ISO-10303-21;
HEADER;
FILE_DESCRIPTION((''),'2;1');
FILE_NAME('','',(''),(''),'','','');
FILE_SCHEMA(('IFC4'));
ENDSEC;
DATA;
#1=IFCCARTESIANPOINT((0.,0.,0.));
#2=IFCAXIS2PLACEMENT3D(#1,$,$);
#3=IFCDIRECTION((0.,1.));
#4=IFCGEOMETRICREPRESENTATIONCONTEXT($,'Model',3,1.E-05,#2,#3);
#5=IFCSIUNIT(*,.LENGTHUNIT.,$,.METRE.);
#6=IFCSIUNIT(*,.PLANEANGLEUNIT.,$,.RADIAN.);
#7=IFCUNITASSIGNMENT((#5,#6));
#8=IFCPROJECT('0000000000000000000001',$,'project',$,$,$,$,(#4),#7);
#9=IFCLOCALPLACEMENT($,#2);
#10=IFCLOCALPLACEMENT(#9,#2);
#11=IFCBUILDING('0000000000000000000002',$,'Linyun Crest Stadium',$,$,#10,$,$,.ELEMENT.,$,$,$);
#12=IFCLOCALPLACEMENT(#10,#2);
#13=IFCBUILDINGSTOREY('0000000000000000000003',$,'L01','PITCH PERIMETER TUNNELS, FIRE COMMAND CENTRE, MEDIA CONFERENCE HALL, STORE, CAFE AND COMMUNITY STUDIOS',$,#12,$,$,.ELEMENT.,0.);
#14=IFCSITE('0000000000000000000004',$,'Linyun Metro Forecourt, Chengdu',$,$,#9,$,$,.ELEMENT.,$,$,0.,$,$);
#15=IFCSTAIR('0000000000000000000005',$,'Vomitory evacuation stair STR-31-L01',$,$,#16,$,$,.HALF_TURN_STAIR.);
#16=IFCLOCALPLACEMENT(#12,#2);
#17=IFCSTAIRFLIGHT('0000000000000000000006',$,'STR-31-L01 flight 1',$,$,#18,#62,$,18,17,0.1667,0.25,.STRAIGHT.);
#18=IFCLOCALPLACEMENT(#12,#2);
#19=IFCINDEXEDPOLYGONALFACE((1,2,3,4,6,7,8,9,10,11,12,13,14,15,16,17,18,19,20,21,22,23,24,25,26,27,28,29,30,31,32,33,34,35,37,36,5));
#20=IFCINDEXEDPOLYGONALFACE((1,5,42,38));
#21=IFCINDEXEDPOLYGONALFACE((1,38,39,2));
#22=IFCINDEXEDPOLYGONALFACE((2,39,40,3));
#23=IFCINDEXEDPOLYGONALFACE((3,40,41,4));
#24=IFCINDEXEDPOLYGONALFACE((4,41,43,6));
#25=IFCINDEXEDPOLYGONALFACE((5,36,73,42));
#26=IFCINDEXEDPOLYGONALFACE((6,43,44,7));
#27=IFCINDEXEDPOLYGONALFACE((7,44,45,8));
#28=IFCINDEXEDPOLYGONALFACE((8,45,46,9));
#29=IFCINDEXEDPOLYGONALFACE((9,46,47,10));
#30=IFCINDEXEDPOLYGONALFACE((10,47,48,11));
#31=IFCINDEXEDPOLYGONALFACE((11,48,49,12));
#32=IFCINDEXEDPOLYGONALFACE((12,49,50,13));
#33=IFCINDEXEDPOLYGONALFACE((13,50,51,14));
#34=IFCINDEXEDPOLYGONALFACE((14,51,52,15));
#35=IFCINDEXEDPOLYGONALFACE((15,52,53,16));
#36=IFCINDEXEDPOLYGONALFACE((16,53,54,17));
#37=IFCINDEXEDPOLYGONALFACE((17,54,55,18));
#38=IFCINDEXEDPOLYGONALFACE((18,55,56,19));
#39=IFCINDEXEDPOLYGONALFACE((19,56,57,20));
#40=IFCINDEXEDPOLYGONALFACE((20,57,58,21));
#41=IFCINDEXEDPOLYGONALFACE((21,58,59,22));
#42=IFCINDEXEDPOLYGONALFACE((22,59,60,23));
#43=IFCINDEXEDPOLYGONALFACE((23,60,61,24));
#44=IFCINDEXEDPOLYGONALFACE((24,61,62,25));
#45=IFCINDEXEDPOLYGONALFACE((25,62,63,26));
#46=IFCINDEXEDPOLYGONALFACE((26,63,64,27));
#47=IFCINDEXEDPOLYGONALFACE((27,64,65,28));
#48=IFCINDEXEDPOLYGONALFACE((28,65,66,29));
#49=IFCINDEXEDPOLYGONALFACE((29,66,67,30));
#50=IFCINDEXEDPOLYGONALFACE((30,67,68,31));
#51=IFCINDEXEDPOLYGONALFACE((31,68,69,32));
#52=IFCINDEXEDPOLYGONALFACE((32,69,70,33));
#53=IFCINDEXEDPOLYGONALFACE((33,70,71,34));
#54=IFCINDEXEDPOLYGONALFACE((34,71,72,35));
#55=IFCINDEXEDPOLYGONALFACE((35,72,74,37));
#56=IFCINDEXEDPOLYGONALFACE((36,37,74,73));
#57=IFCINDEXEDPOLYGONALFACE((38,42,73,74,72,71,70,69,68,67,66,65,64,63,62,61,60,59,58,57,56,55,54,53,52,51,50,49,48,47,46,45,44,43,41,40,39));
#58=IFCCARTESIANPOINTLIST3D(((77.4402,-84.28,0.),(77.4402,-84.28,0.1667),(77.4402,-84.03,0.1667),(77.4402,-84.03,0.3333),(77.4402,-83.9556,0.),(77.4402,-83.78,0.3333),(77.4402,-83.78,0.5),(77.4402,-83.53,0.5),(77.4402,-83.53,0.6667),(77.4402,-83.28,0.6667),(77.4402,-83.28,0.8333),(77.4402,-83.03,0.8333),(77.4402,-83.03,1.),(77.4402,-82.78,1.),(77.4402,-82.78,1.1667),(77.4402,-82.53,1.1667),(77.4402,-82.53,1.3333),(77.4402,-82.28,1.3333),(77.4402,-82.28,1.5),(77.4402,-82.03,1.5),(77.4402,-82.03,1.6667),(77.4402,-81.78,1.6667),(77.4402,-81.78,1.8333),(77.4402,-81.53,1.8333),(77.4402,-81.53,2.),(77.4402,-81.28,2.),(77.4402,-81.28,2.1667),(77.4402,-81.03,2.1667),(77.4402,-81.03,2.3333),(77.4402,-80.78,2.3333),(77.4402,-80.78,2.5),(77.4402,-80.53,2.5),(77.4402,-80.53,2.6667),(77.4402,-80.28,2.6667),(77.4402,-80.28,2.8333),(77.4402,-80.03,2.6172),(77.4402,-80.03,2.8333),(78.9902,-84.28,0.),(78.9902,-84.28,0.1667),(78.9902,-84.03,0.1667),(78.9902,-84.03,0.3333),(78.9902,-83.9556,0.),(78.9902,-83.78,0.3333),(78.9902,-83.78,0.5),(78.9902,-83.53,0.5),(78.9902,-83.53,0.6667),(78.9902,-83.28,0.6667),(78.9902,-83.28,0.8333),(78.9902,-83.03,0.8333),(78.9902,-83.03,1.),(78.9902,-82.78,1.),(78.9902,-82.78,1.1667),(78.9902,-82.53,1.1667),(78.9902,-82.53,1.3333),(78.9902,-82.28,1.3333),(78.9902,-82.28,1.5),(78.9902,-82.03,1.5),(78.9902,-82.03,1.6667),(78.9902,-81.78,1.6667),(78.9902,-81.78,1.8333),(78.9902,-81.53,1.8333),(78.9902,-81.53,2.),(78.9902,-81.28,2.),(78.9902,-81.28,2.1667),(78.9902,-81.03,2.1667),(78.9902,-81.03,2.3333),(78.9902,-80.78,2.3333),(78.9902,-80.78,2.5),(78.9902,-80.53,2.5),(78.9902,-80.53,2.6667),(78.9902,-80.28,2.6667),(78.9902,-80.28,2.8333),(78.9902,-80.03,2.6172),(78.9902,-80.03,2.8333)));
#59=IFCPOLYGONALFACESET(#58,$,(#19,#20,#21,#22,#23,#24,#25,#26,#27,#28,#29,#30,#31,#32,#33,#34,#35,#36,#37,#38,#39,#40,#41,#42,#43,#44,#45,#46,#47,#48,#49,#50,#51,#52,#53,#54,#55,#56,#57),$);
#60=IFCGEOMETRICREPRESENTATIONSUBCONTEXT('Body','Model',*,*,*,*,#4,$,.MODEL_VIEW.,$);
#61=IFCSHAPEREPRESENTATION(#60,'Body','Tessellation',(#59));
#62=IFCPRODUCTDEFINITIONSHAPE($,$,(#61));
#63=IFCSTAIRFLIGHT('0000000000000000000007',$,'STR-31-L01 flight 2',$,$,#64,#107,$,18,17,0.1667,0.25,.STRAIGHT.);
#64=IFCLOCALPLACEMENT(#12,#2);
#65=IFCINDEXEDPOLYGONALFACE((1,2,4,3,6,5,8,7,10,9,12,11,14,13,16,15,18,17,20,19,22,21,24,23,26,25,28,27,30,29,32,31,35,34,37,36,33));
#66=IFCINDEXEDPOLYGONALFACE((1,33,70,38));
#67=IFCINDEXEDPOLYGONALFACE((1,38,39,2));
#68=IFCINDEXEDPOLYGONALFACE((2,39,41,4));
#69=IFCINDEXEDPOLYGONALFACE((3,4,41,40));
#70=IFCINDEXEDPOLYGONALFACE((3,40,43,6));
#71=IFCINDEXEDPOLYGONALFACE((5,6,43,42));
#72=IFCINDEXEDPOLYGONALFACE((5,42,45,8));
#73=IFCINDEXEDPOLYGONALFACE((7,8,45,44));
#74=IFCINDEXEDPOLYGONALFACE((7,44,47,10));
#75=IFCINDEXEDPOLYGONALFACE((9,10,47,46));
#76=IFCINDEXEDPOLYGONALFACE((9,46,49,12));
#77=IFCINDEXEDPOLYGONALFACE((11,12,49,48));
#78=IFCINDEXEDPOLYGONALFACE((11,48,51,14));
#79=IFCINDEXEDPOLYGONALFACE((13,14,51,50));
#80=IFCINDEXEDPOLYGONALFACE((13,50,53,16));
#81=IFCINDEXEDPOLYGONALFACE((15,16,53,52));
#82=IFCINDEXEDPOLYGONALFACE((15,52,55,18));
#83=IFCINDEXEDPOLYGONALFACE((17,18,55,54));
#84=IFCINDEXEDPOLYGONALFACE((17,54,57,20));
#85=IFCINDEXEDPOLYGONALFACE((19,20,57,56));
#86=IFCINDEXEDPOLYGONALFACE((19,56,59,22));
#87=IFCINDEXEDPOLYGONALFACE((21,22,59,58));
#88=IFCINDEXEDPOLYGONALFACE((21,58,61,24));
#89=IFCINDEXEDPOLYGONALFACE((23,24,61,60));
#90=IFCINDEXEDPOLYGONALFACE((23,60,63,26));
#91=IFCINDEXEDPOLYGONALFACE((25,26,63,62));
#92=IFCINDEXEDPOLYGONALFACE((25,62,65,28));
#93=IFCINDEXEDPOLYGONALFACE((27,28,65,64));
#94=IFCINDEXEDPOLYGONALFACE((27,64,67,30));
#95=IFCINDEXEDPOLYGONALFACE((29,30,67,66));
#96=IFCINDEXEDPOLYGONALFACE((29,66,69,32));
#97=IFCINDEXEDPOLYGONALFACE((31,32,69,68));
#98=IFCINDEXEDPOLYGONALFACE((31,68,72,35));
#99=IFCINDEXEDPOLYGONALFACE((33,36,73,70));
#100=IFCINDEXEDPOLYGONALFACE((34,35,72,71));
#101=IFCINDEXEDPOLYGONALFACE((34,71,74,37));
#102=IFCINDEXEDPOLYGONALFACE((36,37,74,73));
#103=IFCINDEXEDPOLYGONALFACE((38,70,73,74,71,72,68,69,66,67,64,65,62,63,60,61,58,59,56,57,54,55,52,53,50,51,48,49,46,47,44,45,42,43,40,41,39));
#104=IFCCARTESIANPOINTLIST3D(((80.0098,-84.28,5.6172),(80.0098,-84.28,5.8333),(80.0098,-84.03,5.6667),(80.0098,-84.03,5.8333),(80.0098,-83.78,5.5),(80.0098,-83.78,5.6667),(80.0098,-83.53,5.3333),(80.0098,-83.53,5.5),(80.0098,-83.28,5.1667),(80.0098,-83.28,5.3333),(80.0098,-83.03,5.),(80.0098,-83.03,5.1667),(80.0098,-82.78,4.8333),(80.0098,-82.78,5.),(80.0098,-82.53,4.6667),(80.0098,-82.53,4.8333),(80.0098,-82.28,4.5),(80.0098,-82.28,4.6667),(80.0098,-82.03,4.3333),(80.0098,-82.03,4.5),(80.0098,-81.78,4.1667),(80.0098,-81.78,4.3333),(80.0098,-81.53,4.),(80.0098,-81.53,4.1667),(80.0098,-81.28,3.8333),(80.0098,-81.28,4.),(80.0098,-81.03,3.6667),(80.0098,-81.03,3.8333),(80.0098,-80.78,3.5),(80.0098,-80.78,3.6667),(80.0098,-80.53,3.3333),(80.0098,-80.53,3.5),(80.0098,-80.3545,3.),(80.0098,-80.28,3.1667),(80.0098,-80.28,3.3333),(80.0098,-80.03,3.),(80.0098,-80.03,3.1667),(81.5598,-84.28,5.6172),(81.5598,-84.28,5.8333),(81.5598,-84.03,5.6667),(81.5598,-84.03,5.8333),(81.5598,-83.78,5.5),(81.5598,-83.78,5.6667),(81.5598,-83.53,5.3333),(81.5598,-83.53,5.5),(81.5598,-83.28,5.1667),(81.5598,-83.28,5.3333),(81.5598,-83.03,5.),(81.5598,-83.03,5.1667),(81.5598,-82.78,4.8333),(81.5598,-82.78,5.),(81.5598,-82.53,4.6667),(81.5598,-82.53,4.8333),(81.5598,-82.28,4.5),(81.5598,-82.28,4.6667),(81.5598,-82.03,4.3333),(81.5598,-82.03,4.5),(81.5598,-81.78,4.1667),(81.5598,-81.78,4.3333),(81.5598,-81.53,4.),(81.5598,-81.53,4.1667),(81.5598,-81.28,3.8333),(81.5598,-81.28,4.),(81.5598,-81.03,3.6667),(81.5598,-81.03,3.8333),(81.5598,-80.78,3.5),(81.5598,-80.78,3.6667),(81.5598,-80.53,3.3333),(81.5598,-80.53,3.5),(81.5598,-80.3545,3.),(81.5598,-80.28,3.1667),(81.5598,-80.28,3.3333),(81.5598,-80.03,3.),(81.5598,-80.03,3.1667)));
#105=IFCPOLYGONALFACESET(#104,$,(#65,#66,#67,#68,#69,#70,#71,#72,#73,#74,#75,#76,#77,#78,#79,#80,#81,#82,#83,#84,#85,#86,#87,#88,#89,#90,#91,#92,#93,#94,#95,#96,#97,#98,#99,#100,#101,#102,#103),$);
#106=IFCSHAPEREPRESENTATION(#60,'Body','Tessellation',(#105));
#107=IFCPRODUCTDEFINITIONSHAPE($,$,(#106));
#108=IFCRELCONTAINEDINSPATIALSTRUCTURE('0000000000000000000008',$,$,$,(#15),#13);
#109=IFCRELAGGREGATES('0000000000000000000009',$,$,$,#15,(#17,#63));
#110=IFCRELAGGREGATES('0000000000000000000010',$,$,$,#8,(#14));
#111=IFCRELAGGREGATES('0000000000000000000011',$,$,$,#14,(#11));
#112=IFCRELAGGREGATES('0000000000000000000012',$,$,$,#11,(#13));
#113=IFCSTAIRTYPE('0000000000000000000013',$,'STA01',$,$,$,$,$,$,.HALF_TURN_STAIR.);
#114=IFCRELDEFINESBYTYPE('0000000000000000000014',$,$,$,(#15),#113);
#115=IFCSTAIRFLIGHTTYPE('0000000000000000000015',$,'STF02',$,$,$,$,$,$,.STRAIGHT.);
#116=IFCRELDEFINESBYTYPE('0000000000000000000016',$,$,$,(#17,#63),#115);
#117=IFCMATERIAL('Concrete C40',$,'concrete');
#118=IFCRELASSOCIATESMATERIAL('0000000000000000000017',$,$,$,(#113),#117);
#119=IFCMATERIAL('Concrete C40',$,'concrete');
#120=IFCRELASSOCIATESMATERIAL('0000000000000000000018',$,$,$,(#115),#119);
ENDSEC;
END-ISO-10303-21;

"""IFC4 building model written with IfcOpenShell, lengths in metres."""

from ifc_helpers import new_model, si_unit, direction, frame, origin, place, context, subcontext, project, spatial, polyline, outline, extrude, material, type_object, element, aggregate, save


model = new_model("IFC4")

# Units and contexts
model_context = context("Model", 3, precision=1e-05, world=origin(), true_north=direction((0.0, 1.0)))
body_context = subcontext(model_context, "Body", "Model", "MODEL_VIEW")
ifc_project = project(units=[si_unit("LENGTHUNIT", "METRE"), si_unit("PLANEANGLEUNIT", "RADIAN")], contexts=[model_context])

# Site, building, storey
site_placement = place(None, origin())
site = spatial("IfcSite", under=ifc_project, at=site_placement, Name="Linyun Metro Forecourt, Chengdu", CompositionType="ELEMENT", RefElevation=0.0)
building_placement = place(site_placement, origin())
building = spatial("IfcBuilding", under=site, at=building_placement, Name="Linyun Crest Stadium", CompositionType="ELEMENT")
storey_placement = place(building_placement, origin())
storey = spatial("IfcBuildingStorey", under=building, at=storey_placement, Name="L01", Description="PITCH PERIMETER TUNNELS, FIRE COMMAND CENTRE, MEDIA CONFERENCE HALL, STORE, CAFE AND COMMUNITY STUDIOS", CompositionType="ELEMENT", Elevation=0.0)

# Stair, stair flights
ifc_material_1 = material(Name="Concrete C40", Category="concrete")
stair_type = type_object("IfcStairType", Name="STA01", PredefinedType="HALF_TURN_STAIR", material=ifc_material_1)
stair_placement = place(storey_placement, origin())
stair = element("IfcStair", 1, at=stair_placement, inside=storey, type_object=stair_type, Name="Vomitory evacuation stair STR-31-L01", PredefinedType="HALF_TURN_STAIR")
ifc_material_2 = material(Name="Concrete C40", Category="concrete")
stair_flight_type = type_object("IfcStairFlightType", Name="STF02", PredefinedType="STRAIGHT", material=ifc_material_2)
stair_flight_1_placement = place(storey_placement, frame((78.2151, -84.28, 0.0), z_axis=(0.0, 0.0, 1.0), x_axis=(0.0, 1.0, 0.0)))
stair_flight_1 = element("IfcStairFlight", 2, at=stair_flight_1_placement, type_object=stair_flight_type, Name="STR-31-L01 flight 1", NumberOfRisers=18, NumberOfTreads=17, PredefinedType="STRAIGHT", RiserHeight=0.1667, TreadLength=0.25, context=body_context, shape_type="SweptSolid", body=[
    extrude(outline(polyline([(0.0, 0.0), (0.0, 0.1667), (0.25, 0.1667), (0.25, 0.3333), (0.5, 0.3333), (0.5, 0.5), (0.75, 0.5), (0.75, 0.6667), (1.0, 0.6667), (1.0, 0.8333), (1.25, 0.8333), (1.25, 1.0), (1.5, 1.0), (1.5, 1.1667), (1.75, 1.1667), (1.75, 1.3333), (2.0, 1.3333), (2.0, 1.5), (2.25, 1.5), (2.25, 1.6667), (2.5, 1.6667), (2.5, 1.8333), (2.75, 1.8333), (2.75, 2.0), (3.0, 2.0), (3.0, 2.1667), (3.25, 2.1667), (3.25, 2.3333), (3.5, 2.3333), (3.5, 2.5), (3.75, 2.5), (3.75, 2.6667), (4.0, 2.6667), (4.0, 2.8333), (4.25, 2.8333), (4.25, 3.0), (4.25, 2.6172), (0.3245, 0.0), (0.0, 0.0)])), frame((0.0, 0.7749, 0.0), z_axis=(0.0, -1.0, 0.0), x_axis=(1.0, 0.0, 0.0)), (0.0, 0.0, 1.0), 1.55),
])
stair_flight_2_placement = place(storey_placement, frame((80.7849, -80.03, 3.0), z_axis=(0.0, 0.0, 1.0), x_axis=(0.0, -1.0, 0.0)))
stair_flight_2 = element("IfcStairFlight", 3, at=stair_flight_2_placement, type_object=stair_flight_type, Name="STR-31-L01 flight 2", NumberOfRisers=18, NumberOfTreads=17, PredefinedType="STRAIGHT", RiserHeight=0.1667, TreadLength=0.25, context=body_context, shape_type="SweptSolid", body=[
    extrude(outline(polyline([(0.0, 0.0), (0.0, 0.1667), (0.25, 0.1667), (0.25, 0.3333), (0.5, 0.3333), (0.5, 0.5), (0.75, 0.5), (0.75, 0.6667), (1.0, 0.6667), (1.0, 0.8333), (1.25, 0.8333), (1.25, 1.0), (1.5, 1.0), (1.5, 1.1667), (1.75, 1.1667), (1.75, 1.3333), (2.0, 1.3333), (2.0, 1.5), (2.25, 1.5), (2.25, 1.6667), (2.5, 1.6667), (2.5, 1.8333), (2.75, 1.8333), (2.75, 2.0), (3.0, 2.0), (3.0, 2.1667), (3.25, 2.1667), (3.25, 2.3333), (3.5, 2.3333), (3.5, 2.5), (3.75, 2.5), (3.75, 2.6667), (4.0, 2.6667), (4.0, 2.8333), (4.25, 2.8333), (4.25, 3.0), (4.25, 2.6172), (0.3245, 0.0), (0.0, 0.0)])), frame((0.0, 0.7749, 0.0), z_axis=(0.0, -1.0, 0.0), x_axis=(1.0, 0.0, 0.0)), (0.0, 0.0, 1.0), 1.55),
])
aggregate(stair, [stair_flight_1, stair_flight_2])

save(model, "model.ifc")
